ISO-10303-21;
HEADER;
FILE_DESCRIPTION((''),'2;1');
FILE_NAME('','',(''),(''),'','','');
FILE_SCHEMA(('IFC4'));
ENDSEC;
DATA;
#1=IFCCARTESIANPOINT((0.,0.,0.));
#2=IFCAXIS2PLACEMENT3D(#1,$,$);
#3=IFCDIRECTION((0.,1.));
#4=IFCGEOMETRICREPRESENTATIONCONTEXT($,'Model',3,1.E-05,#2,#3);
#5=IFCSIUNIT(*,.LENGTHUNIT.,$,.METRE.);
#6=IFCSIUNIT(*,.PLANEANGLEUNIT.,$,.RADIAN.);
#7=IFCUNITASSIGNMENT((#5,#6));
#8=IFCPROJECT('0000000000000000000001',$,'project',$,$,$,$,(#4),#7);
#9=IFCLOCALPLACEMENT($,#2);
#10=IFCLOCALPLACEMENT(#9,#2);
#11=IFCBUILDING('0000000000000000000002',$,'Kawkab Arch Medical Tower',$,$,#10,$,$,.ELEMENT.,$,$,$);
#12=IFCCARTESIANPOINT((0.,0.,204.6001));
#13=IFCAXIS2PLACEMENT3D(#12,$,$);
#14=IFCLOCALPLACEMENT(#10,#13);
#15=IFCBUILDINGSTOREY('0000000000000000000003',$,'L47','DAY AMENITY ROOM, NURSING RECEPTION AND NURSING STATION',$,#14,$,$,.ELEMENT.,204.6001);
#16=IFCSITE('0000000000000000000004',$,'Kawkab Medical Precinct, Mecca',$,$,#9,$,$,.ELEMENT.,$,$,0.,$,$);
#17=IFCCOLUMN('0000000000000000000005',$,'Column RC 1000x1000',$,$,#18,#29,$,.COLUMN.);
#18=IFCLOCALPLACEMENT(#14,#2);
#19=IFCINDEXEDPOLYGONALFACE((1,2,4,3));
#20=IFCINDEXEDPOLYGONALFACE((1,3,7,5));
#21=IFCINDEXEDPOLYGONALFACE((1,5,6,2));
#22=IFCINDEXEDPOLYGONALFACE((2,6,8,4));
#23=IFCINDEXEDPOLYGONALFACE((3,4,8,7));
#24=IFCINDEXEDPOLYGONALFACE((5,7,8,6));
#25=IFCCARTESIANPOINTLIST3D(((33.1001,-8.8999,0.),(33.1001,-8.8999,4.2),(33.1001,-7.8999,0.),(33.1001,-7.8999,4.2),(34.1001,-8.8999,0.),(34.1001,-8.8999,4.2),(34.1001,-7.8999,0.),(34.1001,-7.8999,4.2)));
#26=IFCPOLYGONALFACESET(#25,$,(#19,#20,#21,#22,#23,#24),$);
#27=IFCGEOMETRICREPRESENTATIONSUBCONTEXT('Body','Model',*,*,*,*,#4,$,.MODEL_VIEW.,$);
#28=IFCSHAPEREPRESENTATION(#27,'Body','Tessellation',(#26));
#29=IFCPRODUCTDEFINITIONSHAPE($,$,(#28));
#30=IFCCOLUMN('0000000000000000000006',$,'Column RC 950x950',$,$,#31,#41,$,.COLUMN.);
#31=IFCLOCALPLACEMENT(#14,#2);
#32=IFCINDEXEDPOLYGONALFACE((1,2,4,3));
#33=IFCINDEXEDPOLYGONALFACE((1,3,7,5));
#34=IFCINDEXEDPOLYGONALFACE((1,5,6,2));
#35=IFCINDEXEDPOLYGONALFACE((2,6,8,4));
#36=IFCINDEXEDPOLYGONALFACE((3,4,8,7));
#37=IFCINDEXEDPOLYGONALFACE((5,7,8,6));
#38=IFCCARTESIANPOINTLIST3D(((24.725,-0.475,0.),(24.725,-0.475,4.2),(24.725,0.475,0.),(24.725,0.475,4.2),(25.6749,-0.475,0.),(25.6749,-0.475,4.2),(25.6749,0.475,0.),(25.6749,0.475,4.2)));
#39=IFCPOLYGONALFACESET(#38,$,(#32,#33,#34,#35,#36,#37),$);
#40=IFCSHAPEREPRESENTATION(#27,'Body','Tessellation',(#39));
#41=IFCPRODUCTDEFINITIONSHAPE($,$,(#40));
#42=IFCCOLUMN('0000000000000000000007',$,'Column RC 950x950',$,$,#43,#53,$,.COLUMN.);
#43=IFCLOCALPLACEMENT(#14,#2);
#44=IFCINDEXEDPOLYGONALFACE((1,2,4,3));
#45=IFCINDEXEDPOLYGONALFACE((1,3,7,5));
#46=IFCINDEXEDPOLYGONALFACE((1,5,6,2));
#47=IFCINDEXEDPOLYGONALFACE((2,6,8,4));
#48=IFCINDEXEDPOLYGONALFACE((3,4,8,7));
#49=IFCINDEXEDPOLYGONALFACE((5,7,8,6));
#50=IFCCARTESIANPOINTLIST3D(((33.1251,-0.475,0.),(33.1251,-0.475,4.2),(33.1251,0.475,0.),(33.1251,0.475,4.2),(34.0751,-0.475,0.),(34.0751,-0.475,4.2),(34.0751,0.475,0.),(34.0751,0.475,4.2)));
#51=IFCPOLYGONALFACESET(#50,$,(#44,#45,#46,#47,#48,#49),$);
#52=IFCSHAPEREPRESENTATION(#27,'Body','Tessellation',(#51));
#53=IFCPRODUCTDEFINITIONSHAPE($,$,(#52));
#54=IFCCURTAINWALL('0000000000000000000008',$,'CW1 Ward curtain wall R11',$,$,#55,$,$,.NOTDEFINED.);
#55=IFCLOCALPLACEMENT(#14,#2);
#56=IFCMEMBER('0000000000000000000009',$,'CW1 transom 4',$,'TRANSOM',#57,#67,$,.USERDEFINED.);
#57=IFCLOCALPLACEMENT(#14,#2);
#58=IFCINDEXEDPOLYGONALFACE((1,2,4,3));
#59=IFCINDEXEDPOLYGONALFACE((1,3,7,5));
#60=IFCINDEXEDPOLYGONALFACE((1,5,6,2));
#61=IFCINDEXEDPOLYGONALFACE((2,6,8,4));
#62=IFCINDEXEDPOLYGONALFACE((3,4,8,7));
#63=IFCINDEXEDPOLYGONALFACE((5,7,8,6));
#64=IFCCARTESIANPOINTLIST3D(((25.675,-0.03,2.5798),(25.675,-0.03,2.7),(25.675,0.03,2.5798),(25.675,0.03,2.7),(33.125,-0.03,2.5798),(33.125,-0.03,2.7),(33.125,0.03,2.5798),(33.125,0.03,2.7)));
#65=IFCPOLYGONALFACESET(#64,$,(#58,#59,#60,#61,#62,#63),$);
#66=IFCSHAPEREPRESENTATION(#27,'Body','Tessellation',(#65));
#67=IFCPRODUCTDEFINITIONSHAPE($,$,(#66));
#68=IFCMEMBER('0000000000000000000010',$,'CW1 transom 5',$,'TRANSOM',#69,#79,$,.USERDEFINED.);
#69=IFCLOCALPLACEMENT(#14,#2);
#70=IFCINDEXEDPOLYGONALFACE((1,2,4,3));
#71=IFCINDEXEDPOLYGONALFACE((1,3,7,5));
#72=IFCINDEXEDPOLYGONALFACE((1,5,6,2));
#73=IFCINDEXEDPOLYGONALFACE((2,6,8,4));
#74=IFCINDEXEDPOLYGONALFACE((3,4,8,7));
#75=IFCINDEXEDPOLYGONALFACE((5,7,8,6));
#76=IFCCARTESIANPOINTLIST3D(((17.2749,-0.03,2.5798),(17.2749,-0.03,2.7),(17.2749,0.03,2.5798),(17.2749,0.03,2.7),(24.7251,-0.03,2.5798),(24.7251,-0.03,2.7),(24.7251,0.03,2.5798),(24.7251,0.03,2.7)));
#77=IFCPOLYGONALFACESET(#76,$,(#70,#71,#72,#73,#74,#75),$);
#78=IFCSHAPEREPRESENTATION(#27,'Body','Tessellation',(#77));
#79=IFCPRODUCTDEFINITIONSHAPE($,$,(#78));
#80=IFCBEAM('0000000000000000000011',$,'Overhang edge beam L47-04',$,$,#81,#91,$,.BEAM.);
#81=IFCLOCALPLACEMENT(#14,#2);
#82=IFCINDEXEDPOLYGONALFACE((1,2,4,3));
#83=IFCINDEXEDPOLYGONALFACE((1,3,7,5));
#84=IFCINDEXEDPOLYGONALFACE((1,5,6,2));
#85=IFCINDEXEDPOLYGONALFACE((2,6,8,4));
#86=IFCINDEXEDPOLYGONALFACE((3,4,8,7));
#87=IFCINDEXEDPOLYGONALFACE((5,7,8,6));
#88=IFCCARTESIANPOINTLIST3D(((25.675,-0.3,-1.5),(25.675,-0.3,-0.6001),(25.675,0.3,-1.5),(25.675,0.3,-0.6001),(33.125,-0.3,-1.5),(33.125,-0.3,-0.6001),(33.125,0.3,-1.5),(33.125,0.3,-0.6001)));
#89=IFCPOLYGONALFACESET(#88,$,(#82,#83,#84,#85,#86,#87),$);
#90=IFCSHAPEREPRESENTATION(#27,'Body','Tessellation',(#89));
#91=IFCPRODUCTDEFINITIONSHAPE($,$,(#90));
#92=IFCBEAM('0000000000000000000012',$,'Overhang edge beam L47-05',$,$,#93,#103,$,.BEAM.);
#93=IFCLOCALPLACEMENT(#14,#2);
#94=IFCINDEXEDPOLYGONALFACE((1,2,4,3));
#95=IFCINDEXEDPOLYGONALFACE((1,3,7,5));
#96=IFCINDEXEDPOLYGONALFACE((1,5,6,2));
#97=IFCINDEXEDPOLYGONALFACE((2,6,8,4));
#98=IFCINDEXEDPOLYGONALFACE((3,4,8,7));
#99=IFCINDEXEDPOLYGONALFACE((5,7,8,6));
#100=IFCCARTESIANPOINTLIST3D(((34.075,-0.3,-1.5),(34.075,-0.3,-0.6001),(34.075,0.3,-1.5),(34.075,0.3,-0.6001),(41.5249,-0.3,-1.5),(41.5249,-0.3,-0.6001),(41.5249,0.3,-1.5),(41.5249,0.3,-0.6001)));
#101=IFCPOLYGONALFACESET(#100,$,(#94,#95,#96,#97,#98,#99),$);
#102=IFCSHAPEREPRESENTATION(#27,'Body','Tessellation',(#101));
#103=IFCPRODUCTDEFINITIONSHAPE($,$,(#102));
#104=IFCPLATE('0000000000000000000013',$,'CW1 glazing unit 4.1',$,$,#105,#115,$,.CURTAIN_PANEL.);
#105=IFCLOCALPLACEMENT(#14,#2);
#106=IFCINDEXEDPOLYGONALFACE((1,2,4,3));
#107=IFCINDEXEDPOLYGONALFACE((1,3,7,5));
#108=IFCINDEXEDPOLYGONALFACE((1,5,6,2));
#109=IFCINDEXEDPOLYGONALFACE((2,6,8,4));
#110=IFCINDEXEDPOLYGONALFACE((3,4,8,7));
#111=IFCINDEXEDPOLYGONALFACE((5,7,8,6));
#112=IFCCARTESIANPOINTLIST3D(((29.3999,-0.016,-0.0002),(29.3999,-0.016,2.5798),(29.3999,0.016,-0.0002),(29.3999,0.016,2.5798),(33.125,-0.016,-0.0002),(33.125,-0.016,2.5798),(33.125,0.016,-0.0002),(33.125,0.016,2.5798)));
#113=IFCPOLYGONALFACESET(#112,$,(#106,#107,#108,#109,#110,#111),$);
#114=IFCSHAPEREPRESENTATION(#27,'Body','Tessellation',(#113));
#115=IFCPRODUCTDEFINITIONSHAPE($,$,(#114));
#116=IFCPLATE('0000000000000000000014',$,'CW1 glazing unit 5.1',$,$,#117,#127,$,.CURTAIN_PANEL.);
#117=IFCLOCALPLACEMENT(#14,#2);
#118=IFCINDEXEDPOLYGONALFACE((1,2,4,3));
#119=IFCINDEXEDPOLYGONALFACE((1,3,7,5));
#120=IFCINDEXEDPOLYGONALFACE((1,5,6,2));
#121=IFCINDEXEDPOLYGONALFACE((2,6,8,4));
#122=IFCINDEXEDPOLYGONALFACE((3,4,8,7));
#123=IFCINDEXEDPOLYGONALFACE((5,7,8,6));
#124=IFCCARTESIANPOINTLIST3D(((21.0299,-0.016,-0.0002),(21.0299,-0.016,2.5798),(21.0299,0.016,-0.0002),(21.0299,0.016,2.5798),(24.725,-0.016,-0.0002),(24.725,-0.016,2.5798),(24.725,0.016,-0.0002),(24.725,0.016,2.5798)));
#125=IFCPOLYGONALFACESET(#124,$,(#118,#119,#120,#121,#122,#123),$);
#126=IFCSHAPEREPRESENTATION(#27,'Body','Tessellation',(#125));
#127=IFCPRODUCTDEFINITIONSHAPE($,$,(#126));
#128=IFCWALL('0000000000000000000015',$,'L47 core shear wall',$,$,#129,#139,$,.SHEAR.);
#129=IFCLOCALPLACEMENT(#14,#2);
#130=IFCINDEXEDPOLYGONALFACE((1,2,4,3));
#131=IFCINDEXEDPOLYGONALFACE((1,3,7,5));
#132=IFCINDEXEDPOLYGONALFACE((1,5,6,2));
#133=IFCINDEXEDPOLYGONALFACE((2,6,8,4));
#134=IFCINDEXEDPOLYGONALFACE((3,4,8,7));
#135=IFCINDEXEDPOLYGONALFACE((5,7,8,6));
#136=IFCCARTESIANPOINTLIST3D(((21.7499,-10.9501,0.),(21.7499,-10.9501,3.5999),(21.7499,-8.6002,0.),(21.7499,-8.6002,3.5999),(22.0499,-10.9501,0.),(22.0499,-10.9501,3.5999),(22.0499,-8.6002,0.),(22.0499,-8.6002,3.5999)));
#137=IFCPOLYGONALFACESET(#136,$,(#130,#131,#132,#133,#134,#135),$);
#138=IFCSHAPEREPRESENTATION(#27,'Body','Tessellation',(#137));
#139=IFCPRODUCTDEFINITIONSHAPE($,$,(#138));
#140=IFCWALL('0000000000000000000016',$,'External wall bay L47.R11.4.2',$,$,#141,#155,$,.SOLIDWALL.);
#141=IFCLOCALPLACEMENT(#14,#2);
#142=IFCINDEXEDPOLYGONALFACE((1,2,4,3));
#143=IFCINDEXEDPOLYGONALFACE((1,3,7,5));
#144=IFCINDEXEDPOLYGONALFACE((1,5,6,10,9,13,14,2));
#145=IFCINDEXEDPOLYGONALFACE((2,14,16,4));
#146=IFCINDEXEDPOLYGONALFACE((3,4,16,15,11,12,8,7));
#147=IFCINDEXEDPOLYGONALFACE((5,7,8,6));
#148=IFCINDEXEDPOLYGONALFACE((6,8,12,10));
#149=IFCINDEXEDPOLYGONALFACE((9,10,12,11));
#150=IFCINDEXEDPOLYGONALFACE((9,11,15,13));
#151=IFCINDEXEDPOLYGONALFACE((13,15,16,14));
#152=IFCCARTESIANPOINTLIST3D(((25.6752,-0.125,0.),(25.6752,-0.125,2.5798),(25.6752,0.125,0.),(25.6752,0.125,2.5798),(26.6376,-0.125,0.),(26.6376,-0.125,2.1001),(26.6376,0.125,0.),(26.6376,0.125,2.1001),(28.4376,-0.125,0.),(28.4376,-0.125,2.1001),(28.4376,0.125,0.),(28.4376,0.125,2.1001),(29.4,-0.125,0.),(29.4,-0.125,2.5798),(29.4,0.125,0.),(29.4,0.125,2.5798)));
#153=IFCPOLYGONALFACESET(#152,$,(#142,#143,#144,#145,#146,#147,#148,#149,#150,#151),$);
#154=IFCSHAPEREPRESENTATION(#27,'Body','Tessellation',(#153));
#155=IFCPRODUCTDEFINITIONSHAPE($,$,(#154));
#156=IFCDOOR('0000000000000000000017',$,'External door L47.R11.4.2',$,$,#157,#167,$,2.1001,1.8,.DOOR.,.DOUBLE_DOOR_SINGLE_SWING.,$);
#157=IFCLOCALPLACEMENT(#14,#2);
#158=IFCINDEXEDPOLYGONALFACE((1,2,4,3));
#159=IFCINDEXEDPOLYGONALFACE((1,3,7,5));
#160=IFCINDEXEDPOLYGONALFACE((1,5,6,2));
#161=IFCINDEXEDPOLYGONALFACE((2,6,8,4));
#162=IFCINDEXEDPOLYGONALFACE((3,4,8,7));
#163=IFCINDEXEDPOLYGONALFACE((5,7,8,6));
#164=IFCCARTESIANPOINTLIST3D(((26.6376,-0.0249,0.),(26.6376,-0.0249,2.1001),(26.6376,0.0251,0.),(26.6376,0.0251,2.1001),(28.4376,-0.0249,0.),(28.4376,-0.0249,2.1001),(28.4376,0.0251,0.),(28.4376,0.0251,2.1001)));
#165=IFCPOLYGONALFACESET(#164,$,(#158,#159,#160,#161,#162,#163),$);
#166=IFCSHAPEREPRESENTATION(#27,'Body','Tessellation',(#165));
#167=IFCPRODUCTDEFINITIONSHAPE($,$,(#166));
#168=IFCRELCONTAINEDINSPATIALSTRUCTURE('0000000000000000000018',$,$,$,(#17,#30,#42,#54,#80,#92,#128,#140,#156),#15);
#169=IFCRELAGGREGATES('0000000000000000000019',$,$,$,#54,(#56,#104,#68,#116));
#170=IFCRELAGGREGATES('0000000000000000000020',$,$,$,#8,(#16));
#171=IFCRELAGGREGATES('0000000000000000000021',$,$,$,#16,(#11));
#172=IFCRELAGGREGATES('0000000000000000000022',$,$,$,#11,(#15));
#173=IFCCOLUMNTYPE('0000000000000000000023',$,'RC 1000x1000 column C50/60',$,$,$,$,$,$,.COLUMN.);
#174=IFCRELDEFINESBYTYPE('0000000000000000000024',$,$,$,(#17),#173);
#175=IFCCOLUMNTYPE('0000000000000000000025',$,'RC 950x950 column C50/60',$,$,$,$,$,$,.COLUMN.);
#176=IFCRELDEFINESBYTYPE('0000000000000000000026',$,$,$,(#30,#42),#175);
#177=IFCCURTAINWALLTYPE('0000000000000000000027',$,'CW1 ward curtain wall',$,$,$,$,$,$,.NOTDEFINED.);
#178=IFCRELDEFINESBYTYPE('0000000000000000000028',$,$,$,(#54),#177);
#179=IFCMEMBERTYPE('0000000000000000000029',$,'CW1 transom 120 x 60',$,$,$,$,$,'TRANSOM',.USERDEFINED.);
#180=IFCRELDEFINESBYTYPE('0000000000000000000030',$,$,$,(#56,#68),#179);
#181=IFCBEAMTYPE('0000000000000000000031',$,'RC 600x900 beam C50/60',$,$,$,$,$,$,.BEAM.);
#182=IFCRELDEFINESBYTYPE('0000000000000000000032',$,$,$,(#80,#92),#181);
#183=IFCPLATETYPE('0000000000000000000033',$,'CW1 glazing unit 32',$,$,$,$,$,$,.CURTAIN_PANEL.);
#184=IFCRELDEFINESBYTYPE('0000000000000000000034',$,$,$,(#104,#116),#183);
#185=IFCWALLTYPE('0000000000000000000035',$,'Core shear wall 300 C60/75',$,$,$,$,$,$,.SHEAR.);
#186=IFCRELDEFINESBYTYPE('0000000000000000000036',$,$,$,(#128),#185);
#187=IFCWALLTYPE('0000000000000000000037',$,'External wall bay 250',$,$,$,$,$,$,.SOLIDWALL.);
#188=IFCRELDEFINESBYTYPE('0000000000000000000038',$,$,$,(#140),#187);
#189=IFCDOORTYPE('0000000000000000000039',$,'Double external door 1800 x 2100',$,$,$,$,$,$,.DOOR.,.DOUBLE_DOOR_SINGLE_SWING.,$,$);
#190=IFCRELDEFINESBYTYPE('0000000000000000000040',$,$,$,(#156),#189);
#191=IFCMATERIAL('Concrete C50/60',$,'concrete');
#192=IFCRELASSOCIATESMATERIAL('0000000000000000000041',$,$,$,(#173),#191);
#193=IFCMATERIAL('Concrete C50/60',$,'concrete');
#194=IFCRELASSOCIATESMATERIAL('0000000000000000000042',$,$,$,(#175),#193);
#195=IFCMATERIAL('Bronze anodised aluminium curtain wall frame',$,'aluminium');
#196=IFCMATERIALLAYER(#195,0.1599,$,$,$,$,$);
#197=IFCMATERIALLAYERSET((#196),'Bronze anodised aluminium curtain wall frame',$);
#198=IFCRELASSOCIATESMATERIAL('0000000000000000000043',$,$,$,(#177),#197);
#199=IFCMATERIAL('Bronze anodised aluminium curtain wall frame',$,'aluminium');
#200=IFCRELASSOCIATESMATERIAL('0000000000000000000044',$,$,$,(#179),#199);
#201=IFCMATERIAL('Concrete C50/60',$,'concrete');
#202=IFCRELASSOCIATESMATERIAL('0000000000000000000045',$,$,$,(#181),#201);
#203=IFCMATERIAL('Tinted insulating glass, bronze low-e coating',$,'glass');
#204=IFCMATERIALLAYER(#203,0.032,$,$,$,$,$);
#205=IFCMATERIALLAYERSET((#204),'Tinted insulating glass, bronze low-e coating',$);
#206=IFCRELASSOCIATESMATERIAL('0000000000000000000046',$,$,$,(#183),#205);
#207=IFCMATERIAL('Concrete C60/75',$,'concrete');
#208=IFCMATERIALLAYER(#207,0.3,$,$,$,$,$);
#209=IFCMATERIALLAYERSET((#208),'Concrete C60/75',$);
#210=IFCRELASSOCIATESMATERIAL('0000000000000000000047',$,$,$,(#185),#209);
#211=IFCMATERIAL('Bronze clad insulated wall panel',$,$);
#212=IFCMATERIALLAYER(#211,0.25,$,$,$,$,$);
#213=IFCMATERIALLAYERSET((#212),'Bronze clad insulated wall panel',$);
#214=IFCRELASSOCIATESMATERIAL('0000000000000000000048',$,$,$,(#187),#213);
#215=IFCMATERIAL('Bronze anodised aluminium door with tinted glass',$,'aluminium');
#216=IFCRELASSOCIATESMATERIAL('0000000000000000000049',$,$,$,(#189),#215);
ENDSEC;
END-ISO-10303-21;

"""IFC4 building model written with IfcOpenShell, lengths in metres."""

from ifc_helpers import new_model, si_unit, direction, frame, frame_2d, origin, origin_2d, place, context, subcontext, project, spatial, rectangle, extrude, material, layer, layer_set, material_profile, profile_set, type_object, element, fill, aggregate, save


model = new_model("IFC4")

# Units and contexts
model_context = context("Model", 3, precision=1e-05, world=origin(), true_north=direction((0.0, 1.0)))
body_context = subcontext(model_context, "Body", "Model", "MODEL_VIEW")
ifc_project = project(units=[si_unit("LENGTHUNIT", "METRE"), si_unit("PLANEANGLEUNIT", "RADIAN")], contexts=[model_context])

# Site, building, storey
site_placement = place(None, origin())
site = spatial("IfcSite", under=ifc_project, at=site_placement, Name="Kawkab Medical Precinct, Mecca", CompositionType="ELEMENT", RefElevation=0.0)
building_placement = place(site_placement, origin())
building = spatial("IfcBuilding", under=site, at=building_placement, Name="Kawkab Arch Medical Tower", CompositionType="ELEMENT")
storey_placement = place(building_placement, frame((0.0, 0.0, 204.6001)))
storey = spatial("IfcBuildingStorey", under=building, at=storey_placement, Name="L47", Description="DAY AMENITY ROOM, NURSING RECEPTION AND NURSING STATION", CompositionType="ELEMENT", Elevation=204.6001)

# Columns
ifc_material_1 = material(Name="Concrete C50/60", Category="concrete")
ifc_material_profile_1 = material_profile(ifc_material_1, rectangle(XDim=1.0, YDim=1.0, at=origin_2d()), Name="RC 1000x1000")
ifc_profile_set_1 = profile_set([ifc_material_profile_1], Name="Concrete C50/60")
column_type_1 = type_object("IfcColumnType", Name="RC 1000x1000 column C50/60", PredefinedType="COLUMN", material=ifc_profile_set_1)
column_placement = place(storey_placement, frame((33.6001, -8.3999, 0.0), z_axis=(0.0, 0.0, 1.0), x_axis=(1.0, 0.0, 0.0)))
element("IfcColumn", 1, at=column_placement, inside=storey, type_object=column_type_1, Name="Column RC 1000x1000", PredefinedType="COLUMN", context=body_context, shape_type="SweptSolid", body=[
    extrude(rectangle(XDim=1.0, YDim=1.0, at=origin_2d()), origin(), (0.0, 0.0, 1.0), 4.2),
])
ifc_material_2 = material(Name="Concrete C50/60", Category="concrete")
ifc_material_profile_2 = material_profile(ifc_material_2, rectangle(XDim=0.95, YDim=0.95, at=origin_2d()), Name="RC 950x950")
ifc_profile_set_2 = profile_set([ifc_material_profile_2], Name="Concrete C50/60")
column_type_2 = type_object("IfcColumnType", Name="RC 950x950 column C50/60", PredefinedType="COLUMN", material=ifc_profile_set_2)
for number, where, z_axis, x_axis, name in (
    (2, (25.2, 0.0, 0.0), (0.0, 0.0, 1.0), (1.0, 0.0, 0.0), "Column RC 950x950"),
    (3, (33.6001, 0.0, 0.0), (0.0, 0.0, 1.0), (1.0, 0.0, 0.0), "Column RC 950x950"),
):
    element("IfcColumn", number, at=place(storey_placement, frame(where, z_axis=z_axis, x_axis=x_axis)), inside=storey, type_object=column_type_2, Name=name, PredefinedType="COLUMN", context=body_context, shape_type="SweptSolid", body=[
        extrude(rectangle(XDim=0.95, YDim=0.95, at=origin_2d()), origin(), (0.0, 0.0, 1.0), 4.2),
    ])

# Curtain wall, members
ifc_material_3 = material(Name="Bronze anodised aluminium curtain wall frame", Category="aluminium")
ifc_layer_1 = layer(ifc_material_3, 0.1599)
ifc_layer_set_1 = layer_set([ifc_layer_1], Name="Bronze anodised aluminium curtain wall frame")
curtain_wall_type = type_object("IfcCurtainWallType", Name="CW1 ward curtain wall", PredefinedType="NOTDEFINED", material=ifc_layer_set_1)
placement = place(storey_placement, origin())
curtain_wall = element("IfcCurtainWall", 4, at=placement, inside=storey, type_object=curtain_wall_type, Name="CW1 Ward curtain wall R11", PredefinedType="NOTDEFINED")
ifc_material_4 = material(Name="Bronze anodised aluminium curtain wall frame", Category="aluminium")
ifc_material_profile_3 = material_profile(ifc_material_4, rectangle(XDim=0.0601, YDim=0.1201, at=origin_2d()), Name="AL 60x120")
ifc_profile_set_3 = profile_set([ifc_material_profile_3], Name="Bronze anodised aluminium curtain wall frame")
member_type = type_object("IfcMemberType", Name="CW1 transom 120 x 60", ElementType="TRANSOM", PredefinedType="USERDEFINED", material=ifc_profile_set_3)
member_1_placement = place(storey_placement, frame((33.125, 0.0, 2.6399), z_axis=(-1.0, 0.0, 0.0), x_axis=(0.0, -1.0, 0.0)))
member_1 = element("IfcMember", 5, at=member_1_placement, type_object=member_type, Name="CW1 transom 4", ObjectType="TRANSOM", PredefinedType="USERDEFINED", context=body_context, shape_type="SweptSolid", body=[
    extrude(rectangle(XDim=0.0601, YDim=0.1201, at=origin_2d()), origin(), (0.0, 0.0, 1.0), 7.45),
])
member_2_placement = place(storey_placement, frame((24.7251, 0.0, 2.6399), z_axis=(-1.0, 0.0, 0.0), x_axis=(0.0, -1.0, 0.0)))
member_2 = element("IfcMember", 6, at=member_2_placement, type_object=member_type, Name="CW1 transom 5", ObjectType="TRANSOM", PredefinedType="USERDEFINED", context=body_context, shape_type="SweptSolid", body=[
    extrude(rectangle(XDim=0.0601, YDim=0.1201, at=origin_2d()), origin(), (0.0, 0.0, 1.0), 7.4502),
])

# Beams
ifc_material_5 = material(Name="Concrete C50/60", Category="concrete")
ifc_material_profile_4 = material_profile(ifc_material_5, rectangle(XDim=0.6001, YDim=0.8999, at=origin_2d()), Name="RC 600x900")
ifc_profile_set_4 = profile_set([ifc_material_profile_4], Name="Concrete C50/60")
beam_type = type_object("IfcBeamType", Name="RC 600x900 beam C50/60", PredefinedType="BEAM", material=ifc_profile_set_4)
for number, where, z_axis, x_axis, name in (
    (7, (25.675, 0.0, -1.05), (1.0, 0.0, 0.0), (0.0, 1.0, 0.0), "Overhang edge beam L47-04"),
    (8, (34.075, 0.0, -1.05), (1.0, 0.0, 0.0), (0.0, 1.0, 0.0), "Overhang edge beam L47-05"),
):
    element("IfcBeam", number, at=place(storey_placement, frame(where, z_axis=z_axis, x_axis=x_axis)), inside=storey, type_object=beam_type, Name=name, PredefinedType="BEAM", context=body_context, shape_type="SweptSolid", body=[
        extrude(rectangle(XDim=0.6001, YDim=0.8999, at=origin_2d()), origin(), (0.0, 0.0, 1.0), 7.45),
    ])

# Plates
ifc_material_6 = material(Name="Tinted insulating glass, bronze low-e coating", Category="glass")
ifc_layer_2 = layer(ifc_material_6, 0.032)
ifc_layer_set_2 = layer_set([ifc_layer_2], Name="Tinted insulating glass, bronze low-e coating")
plate_type = type_object("IfcPlateType", Name="CW1 glazing unit 32", PredefinedType="CURTAIN_PANEL", material=ifc_layer_set_2)
plate_1_placement = place(storey_placement, frame((31.2625, 0.0, -0.0002), z_axis=(0.0, 0.0, 1.0), x_axis=(-1.0, 0.0, 0.0)))
plate_1 = element("IfcPlate", 9, at=plate_1_placement, type_object=plate_type, Name="CW1 glazing unit 4.1", PredefinedType="CURTAIN_PANEL", context=body_context, shape_type="SweptSolid", body=[
    extrude(rectangle(XDim=3.7251, YDim=0.032, at=origin_2d()), origin(), (0.0, 0.0, 1.0), 2.5801),
])
plate_2_placement = place(storey_placement, frame((22.8774, 0.0, -0.0002), z_axis=(0.0, 0.0, 1.0), x_axis=(-1.0, 0.0, 0.0)))
plate_2 = element("IfcPlate", 10, at=plate_2_placement, type_object=plate_type, Name="CW1 glazing unit 5.1", PredefinedType="CURTAIN_PANEL", context=body_context, shape_type="SweptSolid", body=[
    extrude(rectangle(XDim=3.6951, YDim=0.032, at=origin_2d()), origin(), (0.0, 0.0, 1.0), 2.5801),
])
aggregate(curtain_wall, [member_1, plate_1, member_2, plate_2])

# Wall
ifc_material_7 = material(Name="Concrete C60/75", Category="concrete")
ifc_layer_3 = layer(ifc_material_7, 0.3)
ifc_layer_set_3 = layer_set([ifc_layer_3], Name="Concrete C60/75")
wall_type_1 = type_object("IfcWallType", Name="Core shear wall 300 C60/75", PredefinedType="SHEAR", material=ifc_layer_set_3)
wall_1_placement = place(storey_placement, frame((21.8999, -10.95, 0.0), z_axis=(0.0, 0.0, 1.0), x_axis=(0.0, 1.0, 0.0)))
element("IfcWall", 11, at=wall_1_placement, inside=storey, type_object=wall_type_1, Name="L47 core shear wall", PredefinedType="SHEAR", context=body_context, shape_type="SweptSolid", body=[
    extrude(rectangle(XDim=2.3499, YDim=0.3, at=frame_2d((1.1748, 0.0))), origin(), (0.0, 0.0, 1.0), 3.5999),
])

# Wall, opening, door
ifc_material_8 = material(Name="Bronze clad insulated wall panel")
ifc_layer_4 = layer(ifc_material_8, 0.25)
ifc_layer_set_4 = layer_set([ifc_layer_4], Name="Bronze clad insulated wall panel")
wall_type_2 = type_object("IfcWallType", Name="External wall bay 250", PredefinedType="SOLIDWALL", material=ifc_layer_set_4)
wall_2_placement = place(storey_placement, frame((29.3999, 0.0, 0.0), z_axis=(0.0, 0.0, 1.0), x_axis=(-1.0, 0.0, 0.0)))
wall_2 = element("IfcWall", 12, at=wall_2_placement, inside=storey, type_object=wall_type_2, Name="External wall bay L47.R11.4.2", PredefinedType="SOLIDWALL", context=body_context, shape_type="SweptSolid", body=[
    extrude(rectangle(XDim=3.7249, YDim=0.25, at=frame_2d((1.8623, 0.0))), origin(), (0.0, 0.0, 1.0), 2.5798),
])
opening_1_placement = place(wall_2_placement, frame((0.9624, 0.0, 0.0)))
opening_1 = element("IfcOpeningElement", 13, at=opening_1_placement, cuts=wall_2, PredefinedType="OPENING", context=body_context, shape_type="SweptSolid", body=[
    extrude(rectangle(XDim=1.8, YDim=2.1001, at=frame_2d((0.8999, 1.05))), frame((0.0, 0.135, 0.0), z_axis=(0.0, -1.0, 0.0), x_axis=(1.0, 0.0, 0.0)), (0.0, 0.0, 1.0), 0.27),
])
ifc_material_9 = material(Name="Bronze anodised aluminium door with tinted glass", Category="aluminium")
door_type_1 = type_object("IfcDoorType", Name="Double external door 1800 x 2100", OperationType="DOUBLE_DOOR_SINGLE_SWING", PredefinedType="DOOR", material=ifc_material_9)
door_1_placement = place(opening_1_placement, origin())
door_1 = element("IfcDoor", 14, at=door_1_placement, inside=storey, type_object=door_type_1, Name="External door L47.R11.4.2", OperationType="DOUBLE_DOOR_SINGLE_SWING", OverallHeight=2.1001, OverallWidth=1.8, PredefinedType="DOOR", context=body_context, shape_type="SweptSolid", body=[
    extrude(rectangle(XDim=1.8, YDim=2.1001, at=frame_2d((0.8999, 1.05))), frame((0.0, 0.0249, 0.0), z_axis=(0.0, -1.0, 0.0), x_axis=(1.0, 0.0, 0.0)), (0.0, 0.0, 1.0), 0.05),
])
fill(opening_1, door_1)

save(model, "model.ifc")
